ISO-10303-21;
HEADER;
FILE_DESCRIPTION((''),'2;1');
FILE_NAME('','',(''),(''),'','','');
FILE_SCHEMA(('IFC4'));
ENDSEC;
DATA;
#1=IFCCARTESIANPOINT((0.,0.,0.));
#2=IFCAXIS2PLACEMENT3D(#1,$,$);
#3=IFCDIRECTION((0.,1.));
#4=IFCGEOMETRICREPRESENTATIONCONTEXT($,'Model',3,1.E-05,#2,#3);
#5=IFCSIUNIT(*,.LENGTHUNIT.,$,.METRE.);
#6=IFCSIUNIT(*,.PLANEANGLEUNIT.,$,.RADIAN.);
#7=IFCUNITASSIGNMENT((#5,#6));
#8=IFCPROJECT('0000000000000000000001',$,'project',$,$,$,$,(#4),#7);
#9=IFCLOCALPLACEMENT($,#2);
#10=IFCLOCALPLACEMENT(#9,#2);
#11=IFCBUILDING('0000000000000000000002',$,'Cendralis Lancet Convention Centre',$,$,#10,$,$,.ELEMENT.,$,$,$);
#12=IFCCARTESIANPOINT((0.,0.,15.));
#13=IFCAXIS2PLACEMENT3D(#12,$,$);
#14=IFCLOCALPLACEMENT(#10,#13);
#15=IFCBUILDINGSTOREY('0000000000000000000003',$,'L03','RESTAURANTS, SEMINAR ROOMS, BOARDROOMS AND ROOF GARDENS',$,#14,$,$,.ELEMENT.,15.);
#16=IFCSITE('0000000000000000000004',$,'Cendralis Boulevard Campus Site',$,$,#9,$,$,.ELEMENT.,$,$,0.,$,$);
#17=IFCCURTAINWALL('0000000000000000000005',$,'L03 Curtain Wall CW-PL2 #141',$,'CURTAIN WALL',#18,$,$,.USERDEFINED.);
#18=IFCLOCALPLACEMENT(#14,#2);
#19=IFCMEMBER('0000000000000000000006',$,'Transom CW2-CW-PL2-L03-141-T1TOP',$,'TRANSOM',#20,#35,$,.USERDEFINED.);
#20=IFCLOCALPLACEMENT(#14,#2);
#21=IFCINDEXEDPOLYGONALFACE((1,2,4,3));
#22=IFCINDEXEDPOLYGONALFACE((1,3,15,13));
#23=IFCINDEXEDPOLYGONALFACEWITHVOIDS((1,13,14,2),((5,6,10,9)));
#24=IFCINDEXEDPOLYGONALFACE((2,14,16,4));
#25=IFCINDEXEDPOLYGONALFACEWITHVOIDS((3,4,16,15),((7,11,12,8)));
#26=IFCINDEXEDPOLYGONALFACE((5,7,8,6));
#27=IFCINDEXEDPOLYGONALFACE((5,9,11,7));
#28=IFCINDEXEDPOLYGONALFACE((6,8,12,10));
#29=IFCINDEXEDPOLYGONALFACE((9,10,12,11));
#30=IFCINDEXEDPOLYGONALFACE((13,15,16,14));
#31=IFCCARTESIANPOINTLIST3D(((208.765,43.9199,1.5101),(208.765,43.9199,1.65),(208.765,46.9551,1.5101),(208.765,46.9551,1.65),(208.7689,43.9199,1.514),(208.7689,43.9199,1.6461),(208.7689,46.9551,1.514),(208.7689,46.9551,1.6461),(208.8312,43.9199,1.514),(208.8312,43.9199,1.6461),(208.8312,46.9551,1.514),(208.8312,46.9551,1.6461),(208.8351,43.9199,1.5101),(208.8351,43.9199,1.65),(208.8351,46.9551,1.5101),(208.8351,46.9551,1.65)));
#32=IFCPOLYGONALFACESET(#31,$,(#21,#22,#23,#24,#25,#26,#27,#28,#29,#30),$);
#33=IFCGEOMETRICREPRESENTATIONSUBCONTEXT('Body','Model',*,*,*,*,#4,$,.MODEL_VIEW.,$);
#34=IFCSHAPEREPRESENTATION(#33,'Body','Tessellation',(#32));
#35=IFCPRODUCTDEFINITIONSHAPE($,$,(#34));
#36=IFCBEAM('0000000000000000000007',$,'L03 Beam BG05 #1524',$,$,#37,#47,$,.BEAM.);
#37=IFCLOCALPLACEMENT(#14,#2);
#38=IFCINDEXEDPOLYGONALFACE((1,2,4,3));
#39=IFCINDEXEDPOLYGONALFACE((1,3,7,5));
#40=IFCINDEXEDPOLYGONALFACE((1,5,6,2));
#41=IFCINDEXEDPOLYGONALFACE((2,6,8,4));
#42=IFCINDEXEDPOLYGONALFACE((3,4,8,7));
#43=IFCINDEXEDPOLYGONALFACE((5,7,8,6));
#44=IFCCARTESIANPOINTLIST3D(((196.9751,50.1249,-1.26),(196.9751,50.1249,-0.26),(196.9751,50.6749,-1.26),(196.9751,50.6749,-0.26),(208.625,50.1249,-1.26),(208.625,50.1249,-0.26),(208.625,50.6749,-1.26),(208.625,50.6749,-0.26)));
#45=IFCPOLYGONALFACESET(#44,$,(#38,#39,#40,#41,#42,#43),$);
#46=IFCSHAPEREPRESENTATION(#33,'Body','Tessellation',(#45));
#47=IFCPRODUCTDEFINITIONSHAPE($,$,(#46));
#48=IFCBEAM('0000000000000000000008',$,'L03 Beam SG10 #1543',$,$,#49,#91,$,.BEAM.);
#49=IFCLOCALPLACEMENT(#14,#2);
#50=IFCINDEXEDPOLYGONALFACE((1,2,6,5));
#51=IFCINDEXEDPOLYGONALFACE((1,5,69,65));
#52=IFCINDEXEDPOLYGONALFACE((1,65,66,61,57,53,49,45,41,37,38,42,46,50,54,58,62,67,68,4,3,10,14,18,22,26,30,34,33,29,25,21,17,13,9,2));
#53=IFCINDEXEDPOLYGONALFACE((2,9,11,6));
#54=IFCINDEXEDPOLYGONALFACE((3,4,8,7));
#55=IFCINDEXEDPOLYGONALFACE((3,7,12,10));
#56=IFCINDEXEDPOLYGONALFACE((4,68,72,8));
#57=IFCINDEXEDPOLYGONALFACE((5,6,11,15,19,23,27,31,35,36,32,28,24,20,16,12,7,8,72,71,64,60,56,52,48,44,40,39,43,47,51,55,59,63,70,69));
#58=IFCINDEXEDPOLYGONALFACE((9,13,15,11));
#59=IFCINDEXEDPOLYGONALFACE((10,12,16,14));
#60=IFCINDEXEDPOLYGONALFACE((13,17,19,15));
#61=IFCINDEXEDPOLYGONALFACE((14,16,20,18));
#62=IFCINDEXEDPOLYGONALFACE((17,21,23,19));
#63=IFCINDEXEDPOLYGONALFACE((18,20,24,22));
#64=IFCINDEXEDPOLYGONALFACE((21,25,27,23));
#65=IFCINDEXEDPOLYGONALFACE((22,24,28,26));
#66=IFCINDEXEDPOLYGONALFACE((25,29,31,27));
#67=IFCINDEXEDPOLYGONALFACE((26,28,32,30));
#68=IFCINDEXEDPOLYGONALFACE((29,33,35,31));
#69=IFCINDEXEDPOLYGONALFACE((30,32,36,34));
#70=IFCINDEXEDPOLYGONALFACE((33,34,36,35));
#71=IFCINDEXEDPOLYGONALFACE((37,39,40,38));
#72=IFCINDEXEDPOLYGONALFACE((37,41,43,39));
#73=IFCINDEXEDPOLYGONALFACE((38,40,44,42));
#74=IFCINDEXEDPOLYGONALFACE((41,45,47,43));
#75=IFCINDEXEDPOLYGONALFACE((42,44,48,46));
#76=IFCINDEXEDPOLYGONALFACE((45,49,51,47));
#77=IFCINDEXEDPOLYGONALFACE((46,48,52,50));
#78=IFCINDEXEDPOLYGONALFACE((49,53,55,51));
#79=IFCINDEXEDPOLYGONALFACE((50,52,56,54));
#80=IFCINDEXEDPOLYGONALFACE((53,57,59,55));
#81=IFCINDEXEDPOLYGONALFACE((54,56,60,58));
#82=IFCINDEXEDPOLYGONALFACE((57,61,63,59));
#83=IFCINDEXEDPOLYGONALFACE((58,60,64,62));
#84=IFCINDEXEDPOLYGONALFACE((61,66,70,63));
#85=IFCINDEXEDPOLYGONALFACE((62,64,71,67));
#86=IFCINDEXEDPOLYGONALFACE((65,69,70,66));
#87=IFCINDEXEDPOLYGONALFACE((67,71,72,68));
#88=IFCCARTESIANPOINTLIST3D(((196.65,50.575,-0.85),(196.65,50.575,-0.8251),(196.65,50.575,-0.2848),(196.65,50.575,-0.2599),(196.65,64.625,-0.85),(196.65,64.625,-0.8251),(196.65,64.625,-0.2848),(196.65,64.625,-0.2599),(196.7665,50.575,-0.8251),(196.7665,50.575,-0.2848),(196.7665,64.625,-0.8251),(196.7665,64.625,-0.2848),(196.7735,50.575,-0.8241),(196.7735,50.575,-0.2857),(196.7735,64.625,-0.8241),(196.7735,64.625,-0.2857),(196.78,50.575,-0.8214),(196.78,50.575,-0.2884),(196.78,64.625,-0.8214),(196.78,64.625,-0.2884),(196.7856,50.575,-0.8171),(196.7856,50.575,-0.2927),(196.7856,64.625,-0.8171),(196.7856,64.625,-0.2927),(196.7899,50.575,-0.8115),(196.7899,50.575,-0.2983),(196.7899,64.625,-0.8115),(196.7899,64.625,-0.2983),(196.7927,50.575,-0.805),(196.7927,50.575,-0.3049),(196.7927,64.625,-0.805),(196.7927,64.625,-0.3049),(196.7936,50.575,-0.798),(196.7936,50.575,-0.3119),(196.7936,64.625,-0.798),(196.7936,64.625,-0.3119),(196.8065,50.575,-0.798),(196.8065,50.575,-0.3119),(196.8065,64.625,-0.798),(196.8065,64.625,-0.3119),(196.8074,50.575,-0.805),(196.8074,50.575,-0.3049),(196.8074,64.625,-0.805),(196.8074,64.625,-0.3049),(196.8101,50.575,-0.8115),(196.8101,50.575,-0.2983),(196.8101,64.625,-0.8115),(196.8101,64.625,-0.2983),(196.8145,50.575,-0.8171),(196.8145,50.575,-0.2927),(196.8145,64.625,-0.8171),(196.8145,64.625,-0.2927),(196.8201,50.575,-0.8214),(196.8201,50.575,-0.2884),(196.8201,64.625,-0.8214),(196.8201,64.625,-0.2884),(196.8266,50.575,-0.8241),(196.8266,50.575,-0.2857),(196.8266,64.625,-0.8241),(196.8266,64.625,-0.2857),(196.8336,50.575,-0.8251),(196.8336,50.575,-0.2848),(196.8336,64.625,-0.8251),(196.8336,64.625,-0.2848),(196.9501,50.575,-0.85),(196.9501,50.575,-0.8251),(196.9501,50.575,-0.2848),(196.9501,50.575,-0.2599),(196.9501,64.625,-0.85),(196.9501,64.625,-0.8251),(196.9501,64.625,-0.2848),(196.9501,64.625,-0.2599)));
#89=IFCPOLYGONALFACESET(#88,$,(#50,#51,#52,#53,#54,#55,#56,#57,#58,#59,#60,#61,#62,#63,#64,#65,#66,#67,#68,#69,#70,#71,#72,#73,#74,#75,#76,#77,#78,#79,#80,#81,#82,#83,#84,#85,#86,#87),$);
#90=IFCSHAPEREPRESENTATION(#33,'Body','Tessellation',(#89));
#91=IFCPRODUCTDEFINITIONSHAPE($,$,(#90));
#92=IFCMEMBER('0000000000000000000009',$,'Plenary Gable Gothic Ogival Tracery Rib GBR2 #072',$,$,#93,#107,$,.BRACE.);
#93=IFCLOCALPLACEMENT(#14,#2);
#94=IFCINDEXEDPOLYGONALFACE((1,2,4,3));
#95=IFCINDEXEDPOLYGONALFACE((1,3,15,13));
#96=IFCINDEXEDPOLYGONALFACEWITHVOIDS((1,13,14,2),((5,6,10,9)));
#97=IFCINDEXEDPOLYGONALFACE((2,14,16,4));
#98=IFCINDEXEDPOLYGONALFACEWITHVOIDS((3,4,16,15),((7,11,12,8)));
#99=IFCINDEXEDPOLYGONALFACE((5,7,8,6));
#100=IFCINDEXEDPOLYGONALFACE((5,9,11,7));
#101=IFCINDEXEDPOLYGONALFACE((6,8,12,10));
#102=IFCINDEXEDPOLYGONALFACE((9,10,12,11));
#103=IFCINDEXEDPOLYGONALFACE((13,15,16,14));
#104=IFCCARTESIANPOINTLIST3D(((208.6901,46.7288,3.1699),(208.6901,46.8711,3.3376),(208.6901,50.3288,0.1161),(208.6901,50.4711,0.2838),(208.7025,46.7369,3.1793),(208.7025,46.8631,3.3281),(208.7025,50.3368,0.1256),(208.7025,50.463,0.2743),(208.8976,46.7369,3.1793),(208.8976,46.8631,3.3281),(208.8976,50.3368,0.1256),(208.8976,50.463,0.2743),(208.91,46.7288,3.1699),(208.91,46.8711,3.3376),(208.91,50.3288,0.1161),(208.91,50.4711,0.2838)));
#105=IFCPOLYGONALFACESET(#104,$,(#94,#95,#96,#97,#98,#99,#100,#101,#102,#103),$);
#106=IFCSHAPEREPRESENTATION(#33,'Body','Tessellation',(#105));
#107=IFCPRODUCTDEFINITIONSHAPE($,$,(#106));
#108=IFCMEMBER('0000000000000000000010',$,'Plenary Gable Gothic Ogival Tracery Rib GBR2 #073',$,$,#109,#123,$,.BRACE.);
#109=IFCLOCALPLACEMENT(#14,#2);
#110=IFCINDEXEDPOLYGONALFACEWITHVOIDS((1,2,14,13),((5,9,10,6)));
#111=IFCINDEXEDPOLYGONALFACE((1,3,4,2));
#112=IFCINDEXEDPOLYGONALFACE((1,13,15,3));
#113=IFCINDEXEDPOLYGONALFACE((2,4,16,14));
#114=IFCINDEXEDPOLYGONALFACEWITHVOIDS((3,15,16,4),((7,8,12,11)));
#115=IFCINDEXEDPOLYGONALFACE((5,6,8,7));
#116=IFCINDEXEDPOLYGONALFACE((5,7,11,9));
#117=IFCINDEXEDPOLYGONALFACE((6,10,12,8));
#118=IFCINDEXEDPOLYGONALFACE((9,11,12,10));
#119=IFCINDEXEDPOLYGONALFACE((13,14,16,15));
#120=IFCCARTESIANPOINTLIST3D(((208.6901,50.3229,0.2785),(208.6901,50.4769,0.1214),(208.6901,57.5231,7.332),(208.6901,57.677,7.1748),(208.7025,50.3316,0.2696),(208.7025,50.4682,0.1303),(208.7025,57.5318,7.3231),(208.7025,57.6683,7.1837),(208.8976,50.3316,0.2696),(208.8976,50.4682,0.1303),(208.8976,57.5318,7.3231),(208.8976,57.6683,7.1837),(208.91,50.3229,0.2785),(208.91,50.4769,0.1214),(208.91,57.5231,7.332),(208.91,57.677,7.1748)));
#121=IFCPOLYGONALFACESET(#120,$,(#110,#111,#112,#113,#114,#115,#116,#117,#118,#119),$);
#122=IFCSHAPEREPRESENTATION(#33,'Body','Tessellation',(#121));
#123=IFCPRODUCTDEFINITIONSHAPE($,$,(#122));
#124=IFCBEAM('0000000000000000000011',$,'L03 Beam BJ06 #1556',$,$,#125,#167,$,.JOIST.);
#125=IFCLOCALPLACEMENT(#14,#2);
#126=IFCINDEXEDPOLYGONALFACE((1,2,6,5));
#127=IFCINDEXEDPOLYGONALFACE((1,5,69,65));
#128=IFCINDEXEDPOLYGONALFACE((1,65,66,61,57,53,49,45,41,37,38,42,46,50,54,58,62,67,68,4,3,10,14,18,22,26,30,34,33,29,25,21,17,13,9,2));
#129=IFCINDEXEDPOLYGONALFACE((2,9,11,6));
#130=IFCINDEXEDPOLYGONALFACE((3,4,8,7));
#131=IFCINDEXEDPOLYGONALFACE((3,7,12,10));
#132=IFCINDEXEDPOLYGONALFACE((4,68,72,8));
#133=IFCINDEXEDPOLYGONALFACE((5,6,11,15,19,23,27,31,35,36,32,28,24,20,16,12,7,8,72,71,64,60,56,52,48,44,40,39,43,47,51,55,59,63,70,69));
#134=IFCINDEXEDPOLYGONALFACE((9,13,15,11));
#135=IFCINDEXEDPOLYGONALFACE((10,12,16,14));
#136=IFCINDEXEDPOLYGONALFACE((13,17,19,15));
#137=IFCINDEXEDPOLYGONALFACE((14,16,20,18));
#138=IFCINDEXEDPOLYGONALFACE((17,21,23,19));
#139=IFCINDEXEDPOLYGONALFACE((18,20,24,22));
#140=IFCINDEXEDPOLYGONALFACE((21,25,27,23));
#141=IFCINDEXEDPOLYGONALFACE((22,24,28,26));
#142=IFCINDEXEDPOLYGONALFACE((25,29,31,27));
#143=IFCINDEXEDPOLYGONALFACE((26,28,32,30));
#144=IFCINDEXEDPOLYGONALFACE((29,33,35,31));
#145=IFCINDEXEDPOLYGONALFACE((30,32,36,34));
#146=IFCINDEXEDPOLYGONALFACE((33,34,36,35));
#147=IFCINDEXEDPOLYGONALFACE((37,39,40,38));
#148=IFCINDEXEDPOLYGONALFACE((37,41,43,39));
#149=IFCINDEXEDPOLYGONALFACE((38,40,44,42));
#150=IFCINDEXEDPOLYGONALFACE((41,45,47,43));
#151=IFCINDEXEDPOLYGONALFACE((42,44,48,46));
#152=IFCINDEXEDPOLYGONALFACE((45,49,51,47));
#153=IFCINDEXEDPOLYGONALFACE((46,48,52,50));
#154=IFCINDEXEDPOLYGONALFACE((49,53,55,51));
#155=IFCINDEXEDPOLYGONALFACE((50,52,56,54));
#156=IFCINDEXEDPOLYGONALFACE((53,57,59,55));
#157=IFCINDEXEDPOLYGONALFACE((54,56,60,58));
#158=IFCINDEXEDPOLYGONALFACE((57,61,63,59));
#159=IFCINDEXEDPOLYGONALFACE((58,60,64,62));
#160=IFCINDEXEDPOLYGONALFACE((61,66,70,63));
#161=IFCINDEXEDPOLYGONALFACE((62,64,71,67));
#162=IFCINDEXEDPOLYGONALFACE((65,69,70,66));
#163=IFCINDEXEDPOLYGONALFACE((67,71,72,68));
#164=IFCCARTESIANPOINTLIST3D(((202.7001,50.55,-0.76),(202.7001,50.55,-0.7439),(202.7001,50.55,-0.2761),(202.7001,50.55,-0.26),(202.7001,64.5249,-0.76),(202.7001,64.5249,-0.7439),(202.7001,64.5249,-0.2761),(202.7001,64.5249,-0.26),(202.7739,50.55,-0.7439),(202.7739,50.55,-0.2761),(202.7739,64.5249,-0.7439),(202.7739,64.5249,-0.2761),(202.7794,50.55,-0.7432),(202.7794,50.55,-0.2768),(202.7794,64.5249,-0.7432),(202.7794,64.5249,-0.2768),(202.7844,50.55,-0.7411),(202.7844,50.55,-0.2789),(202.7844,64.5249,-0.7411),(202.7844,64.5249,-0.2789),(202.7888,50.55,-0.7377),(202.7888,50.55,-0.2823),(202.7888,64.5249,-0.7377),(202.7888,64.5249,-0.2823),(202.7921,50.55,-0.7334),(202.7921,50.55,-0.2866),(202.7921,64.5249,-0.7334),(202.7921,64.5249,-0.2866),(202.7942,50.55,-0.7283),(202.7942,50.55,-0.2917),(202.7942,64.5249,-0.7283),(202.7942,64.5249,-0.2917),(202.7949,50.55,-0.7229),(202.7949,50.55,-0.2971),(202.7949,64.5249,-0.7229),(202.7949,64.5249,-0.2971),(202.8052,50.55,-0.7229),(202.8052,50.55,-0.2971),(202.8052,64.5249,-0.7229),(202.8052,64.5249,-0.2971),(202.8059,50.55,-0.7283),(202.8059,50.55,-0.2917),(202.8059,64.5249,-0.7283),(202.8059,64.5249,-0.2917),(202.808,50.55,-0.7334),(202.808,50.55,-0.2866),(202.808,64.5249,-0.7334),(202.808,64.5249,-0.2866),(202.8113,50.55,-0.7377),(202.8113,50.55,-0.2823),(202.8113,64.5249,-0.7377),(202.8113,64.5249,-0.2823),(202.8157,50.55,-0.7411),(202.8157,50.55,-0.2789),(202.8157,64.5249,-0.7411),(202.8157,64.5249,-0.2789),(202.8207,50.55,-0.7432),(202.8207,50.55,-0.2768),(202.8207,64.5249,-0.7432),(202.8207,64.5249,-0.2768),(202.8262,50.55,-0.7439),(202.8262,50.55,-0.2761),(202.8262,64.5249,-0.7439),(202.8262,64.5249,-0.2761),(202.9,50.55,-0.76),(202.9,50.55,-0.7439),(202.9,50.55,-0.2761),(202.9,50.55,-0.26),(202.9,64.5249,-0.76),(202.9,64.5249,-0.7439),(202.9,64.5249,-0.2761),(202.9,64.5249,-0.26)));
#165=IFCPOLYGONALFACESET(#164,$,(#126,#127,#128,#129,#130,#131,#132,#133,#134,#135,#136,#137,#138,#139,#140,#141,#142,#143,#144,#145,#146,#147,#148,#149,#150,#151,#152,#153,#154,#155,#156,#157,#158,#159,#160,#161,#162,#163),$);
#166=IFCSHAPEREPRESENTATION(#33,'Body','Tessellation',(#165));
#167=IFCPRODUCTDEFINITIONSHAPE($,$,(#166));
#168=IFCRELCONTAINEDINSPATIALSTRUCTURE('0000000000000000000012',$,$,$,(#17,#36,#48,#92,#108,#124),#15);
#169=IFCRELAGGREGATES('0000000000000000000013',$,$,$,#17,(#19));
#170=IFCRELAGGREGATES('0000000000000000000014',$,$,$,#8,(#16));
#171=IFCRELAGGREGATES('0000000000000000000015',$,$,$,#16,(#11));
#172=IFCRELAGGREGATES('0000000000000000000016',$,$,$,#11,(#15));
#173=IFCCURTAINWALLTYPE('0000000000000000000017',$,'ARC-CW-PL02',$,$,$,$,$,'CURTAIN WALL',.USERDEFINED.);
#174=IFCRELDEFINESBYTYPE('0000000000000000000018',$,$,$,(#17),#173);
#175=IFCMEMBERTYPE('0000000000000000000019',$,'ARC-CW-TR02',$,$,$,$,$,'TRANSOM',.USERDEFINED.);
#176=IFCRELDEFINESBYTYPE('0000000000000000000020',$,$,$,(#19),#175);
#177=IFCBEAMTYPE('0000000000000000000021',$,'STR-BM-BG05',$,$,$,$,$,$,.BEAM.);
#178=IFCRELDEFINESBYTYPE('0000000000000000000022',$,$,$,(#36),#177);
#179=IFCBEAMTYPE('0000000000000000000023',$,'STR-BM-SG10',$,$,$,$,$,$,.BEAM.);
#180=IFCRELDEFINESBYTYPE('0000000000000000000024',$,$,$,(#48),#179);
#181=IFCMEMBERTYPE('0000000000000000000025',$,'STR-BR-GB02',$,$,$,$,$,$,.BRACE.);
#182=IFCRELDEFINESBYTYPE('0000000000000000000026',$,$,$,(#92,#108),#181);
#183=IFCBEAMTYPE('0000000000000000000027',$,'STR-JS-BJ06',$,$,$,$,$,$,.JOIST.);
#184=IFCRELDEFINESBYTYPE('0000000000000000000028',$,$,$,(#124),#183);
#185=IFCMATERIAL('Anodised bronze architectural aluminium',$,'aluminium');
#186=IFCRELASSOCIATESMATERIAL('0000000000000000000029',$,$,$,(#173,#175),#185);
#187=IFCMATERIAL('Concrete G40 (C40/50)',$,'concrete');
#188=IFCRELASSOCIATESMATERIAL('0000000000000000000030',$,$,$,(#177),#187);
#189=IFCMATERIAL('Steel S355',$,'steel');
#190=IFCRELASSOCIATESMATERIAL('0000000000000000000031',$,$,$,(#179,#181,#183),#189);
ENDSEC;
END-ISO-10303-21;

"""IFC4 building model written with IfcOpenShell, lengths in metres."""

from ifc_helpers import new_model, si_unit, direction, frame, origin, origin_2d, place, context, subcontext, project, spatial, rectangle, hollow_rectangle, i_section, extrude, material, material_profile, profile_set, type_object, element, aggregate, save


model = new_model("IFC4")

# Units and contexts
model_context = context("Model", 3, precision=1e-05, world=origin(), true_north=direction((0.0, 1.0)))
body_context = subcontext(model_context, "Body", "Model", "MODEL_VIEW")
ifc_project = project(units=[si_unit("LENGTHUNIT", "METRE"), si_unit("PLANEANGLEUNIT", "RADIAN")], contexts=[model_context])

# Site, building, storey
site_placement = place(None, origin())
site = spatial("IfcSite", under=ifc_project, at=site_placement, Name="Cendralis Boulevard Campus Site", CompositionType="ELEMENT", RefElevation=0.0)
building_placement = place(site_placement, origin())
building = spatial("IfcBuilding", under=site, at=building_placement, Name="Cendralis Lancet Convention Centre", CompositionType="ELEMENT")
storey_placement = place(building_placement, frame((0.0, 0.0, 15.0)))
storey = spatial("IfcBuildingStorey", under=building, at=storey_placement, Name="L03", Description="RESTAURANTS, SEMINAR ROOMS, BOARDROOMS AND ROOF GARDENS", CompositionType="ELEMENT", Elevation=15.0)

# Shared definitions
ifc_material_1 = material(Name="Steel S355", Category="steel")

# Curtain wall
ifc_material_2 = material(Name="Anodised bronze architectural aluminium", Category="aluminium")
curtain_wall_type = type_object("IfcCurtainWallType", Name="ARC-CW-PL02", ElementType="CURTAIN WALL", PredefinedType="USERDEFINED", material=ifc_material_2)
curtain_wall_1_placement = place(storey_placement, origin())
curtain_wall_1 = element("IfcCurtainWall", 1, at=curtain_wall_1_placement, inside=storey, type_object=curtain_wall_type, Name="L03 Curtain Wall CW-PL2 #141", ObjectType="CURTAIN WALL", PredefinedType="USERDEFINED")

# Member
ifc_material_profile_1 = material_profile(ifc_material_2, hollow_rectangle(XDim=0.0701, YDim=0.1399, WallThickness=0.0039, at=origin_2d()), Name="AL-TRAN 70x140x4.0")
ifc_profile_set_1 = profile_set([ifc_material_profile_1], Name="Anodised bronze architectural aluminium")
member_type_1 = type_object("IfcMemberType", Name="ARC-CW-TR02", ElementType="TRANSOM", PredefinedType="USERDEFINED", material=ifc_profile_set_1)
member_1_placement = place(storey_placement, frame((208.8, 46.9551, 1.5801), z_axis=(0.0, -1.0, 0.0), x_axis=(1.0, 0.0, 0.0)))
member_1 = element("IfcMember", 2, at=member_1_placement, type_object=member_type_1, Name="Transom CW2-CW-PL2-L03-141-T1TOP", ObjectType="TRANSOM", PredefinedType="USERDEFINED", context=body_context, shape_type="SweptSolid", body=[
    extrude(hollow_rectangle(XDim=0.0701, YDim=0.1399, WallThickness=0.0039, at=origin_2d()), origin(), (0.0, 0.0, 1.0), 3.0352),
])

# Beams
ifc_material_3 = material(Name="Concrete G40 (C40/50)", Category="concrete")
ifc_material_profile_2 = material_profile(ifc_material_3, rectangle(XDim=0.55, YDim=1.0, at=origin_2d()), Name="RCB 550x1000")
ifc_profile_set_2 = profile_set([ifc_material_profile_2], Name="Concrete G40 (C40/50)")
beam_type_1 = type_object("IfcBeamType", Name="STR-BM-BG05", PredefinedType="BEAM", material=ifc_profile_set_2)
beam_1_placement = place(storey_placement, frame((196.9751, 50.3999, -0.76), z_axis=(1.0, 0.0, 0.0), x_axis=(0.0, 1.0, 0.0)))
element("IfcBeam", 3, at=beam_1_placement, inside=storey, type_object=beam_type_1, Name="L03 Beam BG05 #1524", PredefinedType="BEAM", context=body_context, shape_type="SweptSolid", body=[
    extrude(rectangle(XDim=0.55, YDim=1.0, at=origin_2d()), origin(), (0.0, 0.0, 1.0), 11.6499),
])
ifc_material_profile_3 = material_profile(ifc_material_1, i_section(OverallWidth=0.3, OverallDepth=0.5901, WebThickness=0.0129, FlangeThickness=0.0249, FilletRadius=0.0271, at=origin_2d()), Name="HEA 600")
ifc_profile_set_3 = profile_set([ifc_material_profile_3], Name="Steel S355")
beam_type_2 = type_object("IfcBeamType", Name="STR-BM-SG10", PredefinedType="BEAM", material=ifc_profile_set_3)
beam_2_placement = place(storey_placement, frame((196.8, 50.575, -0.5549), z_axis=(0.0, 1.0, 0.0), x_axis=(-1.0, 0.0, 0.0)))
element("IfcBeam", 4, at=beam_2_placement, inside=storey, type_object=beam_type_2, Name="L03 Beam SG10 #1543", PredefinedType="BEAM", context=body_context, shape_type="SweptSolid", body=[
    extrude(i_section(OverallWidth=0.3, OverallDepth=0.5901, WebThickness=0.0129, FlangeThickness=0.0249, FilletRadius=0.0271, at=origin_2d()), origin(), (0.0, 0.0, 1.0), 14.05),
])

# Members
ifc_material_profile_4 = material_profile(ifc_material_1, hollow_rectangle(XDim=0.22, YDim=0.22, WallThickness=0.0125, at=origin_2d()), Name="SHS 220x220x12.5")
ifc_profile_set_4 = profile_set([ifc_material_profile_4], Name="Steel S355")
member_type_2 = type_object("IfcMemberType", Name="STR-BR-GB02", PredefinedType="BRACE", material=ifc_profile_set_4)
member_2_placement = place(storey_placement, frame((208.8, 50.3999, 0.2), z_axis=(0.0, -0.762583, 0.64689), x_axis=(1.0, 0.0, 0.0)))
element("IfcMember", 5, at=member_2_placement, inside=storey, type_object=member_type_2, Name="Plenary Gable Gothic Ogival Tracery Rib GBR2 #072", PredefinedType="BRACE", context=body_context, shape_type="SweptSolid", body=[
    extrude(hollow_rectangle(XDim=0.22, YDim=0.22, WallThickness=0.0125, at=origin_2d()), origin(), (0.0, 0.0, 1.0), 4.7207),
])
member_3_placement = place(storey_placement, frame((208.8, 50.3999, 0.2), z_axis=(0.0, 0.714348, 0.699791), x_axis=(-1.0, 0.0, 0.0)))
element("IfcMember", 6, at=member_3_placement, inside=storey, type_object=member_type_2, Name="Plenary Gable Gothic Ogival Tracery Rib GBR2 #073", PredefinedType="BRACE", context=body_context, shape_type="SweptSolid", body=[
    extrude(hollow_rectangle(XDim=0.22, YDim=0.22, WallThickness=0.0125, at=origin_2d()), origin(), (0.0, 0.0, 1.0), 10.0793),
])

# Beam
ifc_material_profile_5 = material_profile(ifc_material_1, i_section(OverallWidth=0.2, OverallDepth=0.5, WebThickness=0.0103, FlangeThickness=0.0161, FilletRadius=0.021, at=origin_2d()), Name="IPE 500")
ifc_profile_set_5 = profile_set([ifc_material_profile_5], Name="Steel S355")
beam_type_3 = type_object("IfcBeamType", Name="STR-JS-BJ06", PredefinedType="JOIST", material=ifc_profile_set_5)
beam_3_placement = place(storey_placement, frame((202.8, 50.55, -0.51), z_axis=(0.0, 1.0, 0.0), x_axis=(-1.0, 0.0, 0.0)))
element("IfcBeam", 7, at=beam_3_placement, inside=storey, type_object=beam_type_3, Name="L03 Beam BJ06 #1556", PredefinedType="JOIST", context=body_context, shape_type="SweptSolid", body=[
    extrude(i_section(OverallWidth=0.2, OverallDepth=0.5, WebThickness=0.0103, FlangeThickness=0.0161, FilletRadius=0.021, at=origin_2d()), origin(), (0.0, 0.0, 1.0), 13.9749),
])

aggregate(curtain_wall_1, [member_1])

save(model, "model.ifc")
